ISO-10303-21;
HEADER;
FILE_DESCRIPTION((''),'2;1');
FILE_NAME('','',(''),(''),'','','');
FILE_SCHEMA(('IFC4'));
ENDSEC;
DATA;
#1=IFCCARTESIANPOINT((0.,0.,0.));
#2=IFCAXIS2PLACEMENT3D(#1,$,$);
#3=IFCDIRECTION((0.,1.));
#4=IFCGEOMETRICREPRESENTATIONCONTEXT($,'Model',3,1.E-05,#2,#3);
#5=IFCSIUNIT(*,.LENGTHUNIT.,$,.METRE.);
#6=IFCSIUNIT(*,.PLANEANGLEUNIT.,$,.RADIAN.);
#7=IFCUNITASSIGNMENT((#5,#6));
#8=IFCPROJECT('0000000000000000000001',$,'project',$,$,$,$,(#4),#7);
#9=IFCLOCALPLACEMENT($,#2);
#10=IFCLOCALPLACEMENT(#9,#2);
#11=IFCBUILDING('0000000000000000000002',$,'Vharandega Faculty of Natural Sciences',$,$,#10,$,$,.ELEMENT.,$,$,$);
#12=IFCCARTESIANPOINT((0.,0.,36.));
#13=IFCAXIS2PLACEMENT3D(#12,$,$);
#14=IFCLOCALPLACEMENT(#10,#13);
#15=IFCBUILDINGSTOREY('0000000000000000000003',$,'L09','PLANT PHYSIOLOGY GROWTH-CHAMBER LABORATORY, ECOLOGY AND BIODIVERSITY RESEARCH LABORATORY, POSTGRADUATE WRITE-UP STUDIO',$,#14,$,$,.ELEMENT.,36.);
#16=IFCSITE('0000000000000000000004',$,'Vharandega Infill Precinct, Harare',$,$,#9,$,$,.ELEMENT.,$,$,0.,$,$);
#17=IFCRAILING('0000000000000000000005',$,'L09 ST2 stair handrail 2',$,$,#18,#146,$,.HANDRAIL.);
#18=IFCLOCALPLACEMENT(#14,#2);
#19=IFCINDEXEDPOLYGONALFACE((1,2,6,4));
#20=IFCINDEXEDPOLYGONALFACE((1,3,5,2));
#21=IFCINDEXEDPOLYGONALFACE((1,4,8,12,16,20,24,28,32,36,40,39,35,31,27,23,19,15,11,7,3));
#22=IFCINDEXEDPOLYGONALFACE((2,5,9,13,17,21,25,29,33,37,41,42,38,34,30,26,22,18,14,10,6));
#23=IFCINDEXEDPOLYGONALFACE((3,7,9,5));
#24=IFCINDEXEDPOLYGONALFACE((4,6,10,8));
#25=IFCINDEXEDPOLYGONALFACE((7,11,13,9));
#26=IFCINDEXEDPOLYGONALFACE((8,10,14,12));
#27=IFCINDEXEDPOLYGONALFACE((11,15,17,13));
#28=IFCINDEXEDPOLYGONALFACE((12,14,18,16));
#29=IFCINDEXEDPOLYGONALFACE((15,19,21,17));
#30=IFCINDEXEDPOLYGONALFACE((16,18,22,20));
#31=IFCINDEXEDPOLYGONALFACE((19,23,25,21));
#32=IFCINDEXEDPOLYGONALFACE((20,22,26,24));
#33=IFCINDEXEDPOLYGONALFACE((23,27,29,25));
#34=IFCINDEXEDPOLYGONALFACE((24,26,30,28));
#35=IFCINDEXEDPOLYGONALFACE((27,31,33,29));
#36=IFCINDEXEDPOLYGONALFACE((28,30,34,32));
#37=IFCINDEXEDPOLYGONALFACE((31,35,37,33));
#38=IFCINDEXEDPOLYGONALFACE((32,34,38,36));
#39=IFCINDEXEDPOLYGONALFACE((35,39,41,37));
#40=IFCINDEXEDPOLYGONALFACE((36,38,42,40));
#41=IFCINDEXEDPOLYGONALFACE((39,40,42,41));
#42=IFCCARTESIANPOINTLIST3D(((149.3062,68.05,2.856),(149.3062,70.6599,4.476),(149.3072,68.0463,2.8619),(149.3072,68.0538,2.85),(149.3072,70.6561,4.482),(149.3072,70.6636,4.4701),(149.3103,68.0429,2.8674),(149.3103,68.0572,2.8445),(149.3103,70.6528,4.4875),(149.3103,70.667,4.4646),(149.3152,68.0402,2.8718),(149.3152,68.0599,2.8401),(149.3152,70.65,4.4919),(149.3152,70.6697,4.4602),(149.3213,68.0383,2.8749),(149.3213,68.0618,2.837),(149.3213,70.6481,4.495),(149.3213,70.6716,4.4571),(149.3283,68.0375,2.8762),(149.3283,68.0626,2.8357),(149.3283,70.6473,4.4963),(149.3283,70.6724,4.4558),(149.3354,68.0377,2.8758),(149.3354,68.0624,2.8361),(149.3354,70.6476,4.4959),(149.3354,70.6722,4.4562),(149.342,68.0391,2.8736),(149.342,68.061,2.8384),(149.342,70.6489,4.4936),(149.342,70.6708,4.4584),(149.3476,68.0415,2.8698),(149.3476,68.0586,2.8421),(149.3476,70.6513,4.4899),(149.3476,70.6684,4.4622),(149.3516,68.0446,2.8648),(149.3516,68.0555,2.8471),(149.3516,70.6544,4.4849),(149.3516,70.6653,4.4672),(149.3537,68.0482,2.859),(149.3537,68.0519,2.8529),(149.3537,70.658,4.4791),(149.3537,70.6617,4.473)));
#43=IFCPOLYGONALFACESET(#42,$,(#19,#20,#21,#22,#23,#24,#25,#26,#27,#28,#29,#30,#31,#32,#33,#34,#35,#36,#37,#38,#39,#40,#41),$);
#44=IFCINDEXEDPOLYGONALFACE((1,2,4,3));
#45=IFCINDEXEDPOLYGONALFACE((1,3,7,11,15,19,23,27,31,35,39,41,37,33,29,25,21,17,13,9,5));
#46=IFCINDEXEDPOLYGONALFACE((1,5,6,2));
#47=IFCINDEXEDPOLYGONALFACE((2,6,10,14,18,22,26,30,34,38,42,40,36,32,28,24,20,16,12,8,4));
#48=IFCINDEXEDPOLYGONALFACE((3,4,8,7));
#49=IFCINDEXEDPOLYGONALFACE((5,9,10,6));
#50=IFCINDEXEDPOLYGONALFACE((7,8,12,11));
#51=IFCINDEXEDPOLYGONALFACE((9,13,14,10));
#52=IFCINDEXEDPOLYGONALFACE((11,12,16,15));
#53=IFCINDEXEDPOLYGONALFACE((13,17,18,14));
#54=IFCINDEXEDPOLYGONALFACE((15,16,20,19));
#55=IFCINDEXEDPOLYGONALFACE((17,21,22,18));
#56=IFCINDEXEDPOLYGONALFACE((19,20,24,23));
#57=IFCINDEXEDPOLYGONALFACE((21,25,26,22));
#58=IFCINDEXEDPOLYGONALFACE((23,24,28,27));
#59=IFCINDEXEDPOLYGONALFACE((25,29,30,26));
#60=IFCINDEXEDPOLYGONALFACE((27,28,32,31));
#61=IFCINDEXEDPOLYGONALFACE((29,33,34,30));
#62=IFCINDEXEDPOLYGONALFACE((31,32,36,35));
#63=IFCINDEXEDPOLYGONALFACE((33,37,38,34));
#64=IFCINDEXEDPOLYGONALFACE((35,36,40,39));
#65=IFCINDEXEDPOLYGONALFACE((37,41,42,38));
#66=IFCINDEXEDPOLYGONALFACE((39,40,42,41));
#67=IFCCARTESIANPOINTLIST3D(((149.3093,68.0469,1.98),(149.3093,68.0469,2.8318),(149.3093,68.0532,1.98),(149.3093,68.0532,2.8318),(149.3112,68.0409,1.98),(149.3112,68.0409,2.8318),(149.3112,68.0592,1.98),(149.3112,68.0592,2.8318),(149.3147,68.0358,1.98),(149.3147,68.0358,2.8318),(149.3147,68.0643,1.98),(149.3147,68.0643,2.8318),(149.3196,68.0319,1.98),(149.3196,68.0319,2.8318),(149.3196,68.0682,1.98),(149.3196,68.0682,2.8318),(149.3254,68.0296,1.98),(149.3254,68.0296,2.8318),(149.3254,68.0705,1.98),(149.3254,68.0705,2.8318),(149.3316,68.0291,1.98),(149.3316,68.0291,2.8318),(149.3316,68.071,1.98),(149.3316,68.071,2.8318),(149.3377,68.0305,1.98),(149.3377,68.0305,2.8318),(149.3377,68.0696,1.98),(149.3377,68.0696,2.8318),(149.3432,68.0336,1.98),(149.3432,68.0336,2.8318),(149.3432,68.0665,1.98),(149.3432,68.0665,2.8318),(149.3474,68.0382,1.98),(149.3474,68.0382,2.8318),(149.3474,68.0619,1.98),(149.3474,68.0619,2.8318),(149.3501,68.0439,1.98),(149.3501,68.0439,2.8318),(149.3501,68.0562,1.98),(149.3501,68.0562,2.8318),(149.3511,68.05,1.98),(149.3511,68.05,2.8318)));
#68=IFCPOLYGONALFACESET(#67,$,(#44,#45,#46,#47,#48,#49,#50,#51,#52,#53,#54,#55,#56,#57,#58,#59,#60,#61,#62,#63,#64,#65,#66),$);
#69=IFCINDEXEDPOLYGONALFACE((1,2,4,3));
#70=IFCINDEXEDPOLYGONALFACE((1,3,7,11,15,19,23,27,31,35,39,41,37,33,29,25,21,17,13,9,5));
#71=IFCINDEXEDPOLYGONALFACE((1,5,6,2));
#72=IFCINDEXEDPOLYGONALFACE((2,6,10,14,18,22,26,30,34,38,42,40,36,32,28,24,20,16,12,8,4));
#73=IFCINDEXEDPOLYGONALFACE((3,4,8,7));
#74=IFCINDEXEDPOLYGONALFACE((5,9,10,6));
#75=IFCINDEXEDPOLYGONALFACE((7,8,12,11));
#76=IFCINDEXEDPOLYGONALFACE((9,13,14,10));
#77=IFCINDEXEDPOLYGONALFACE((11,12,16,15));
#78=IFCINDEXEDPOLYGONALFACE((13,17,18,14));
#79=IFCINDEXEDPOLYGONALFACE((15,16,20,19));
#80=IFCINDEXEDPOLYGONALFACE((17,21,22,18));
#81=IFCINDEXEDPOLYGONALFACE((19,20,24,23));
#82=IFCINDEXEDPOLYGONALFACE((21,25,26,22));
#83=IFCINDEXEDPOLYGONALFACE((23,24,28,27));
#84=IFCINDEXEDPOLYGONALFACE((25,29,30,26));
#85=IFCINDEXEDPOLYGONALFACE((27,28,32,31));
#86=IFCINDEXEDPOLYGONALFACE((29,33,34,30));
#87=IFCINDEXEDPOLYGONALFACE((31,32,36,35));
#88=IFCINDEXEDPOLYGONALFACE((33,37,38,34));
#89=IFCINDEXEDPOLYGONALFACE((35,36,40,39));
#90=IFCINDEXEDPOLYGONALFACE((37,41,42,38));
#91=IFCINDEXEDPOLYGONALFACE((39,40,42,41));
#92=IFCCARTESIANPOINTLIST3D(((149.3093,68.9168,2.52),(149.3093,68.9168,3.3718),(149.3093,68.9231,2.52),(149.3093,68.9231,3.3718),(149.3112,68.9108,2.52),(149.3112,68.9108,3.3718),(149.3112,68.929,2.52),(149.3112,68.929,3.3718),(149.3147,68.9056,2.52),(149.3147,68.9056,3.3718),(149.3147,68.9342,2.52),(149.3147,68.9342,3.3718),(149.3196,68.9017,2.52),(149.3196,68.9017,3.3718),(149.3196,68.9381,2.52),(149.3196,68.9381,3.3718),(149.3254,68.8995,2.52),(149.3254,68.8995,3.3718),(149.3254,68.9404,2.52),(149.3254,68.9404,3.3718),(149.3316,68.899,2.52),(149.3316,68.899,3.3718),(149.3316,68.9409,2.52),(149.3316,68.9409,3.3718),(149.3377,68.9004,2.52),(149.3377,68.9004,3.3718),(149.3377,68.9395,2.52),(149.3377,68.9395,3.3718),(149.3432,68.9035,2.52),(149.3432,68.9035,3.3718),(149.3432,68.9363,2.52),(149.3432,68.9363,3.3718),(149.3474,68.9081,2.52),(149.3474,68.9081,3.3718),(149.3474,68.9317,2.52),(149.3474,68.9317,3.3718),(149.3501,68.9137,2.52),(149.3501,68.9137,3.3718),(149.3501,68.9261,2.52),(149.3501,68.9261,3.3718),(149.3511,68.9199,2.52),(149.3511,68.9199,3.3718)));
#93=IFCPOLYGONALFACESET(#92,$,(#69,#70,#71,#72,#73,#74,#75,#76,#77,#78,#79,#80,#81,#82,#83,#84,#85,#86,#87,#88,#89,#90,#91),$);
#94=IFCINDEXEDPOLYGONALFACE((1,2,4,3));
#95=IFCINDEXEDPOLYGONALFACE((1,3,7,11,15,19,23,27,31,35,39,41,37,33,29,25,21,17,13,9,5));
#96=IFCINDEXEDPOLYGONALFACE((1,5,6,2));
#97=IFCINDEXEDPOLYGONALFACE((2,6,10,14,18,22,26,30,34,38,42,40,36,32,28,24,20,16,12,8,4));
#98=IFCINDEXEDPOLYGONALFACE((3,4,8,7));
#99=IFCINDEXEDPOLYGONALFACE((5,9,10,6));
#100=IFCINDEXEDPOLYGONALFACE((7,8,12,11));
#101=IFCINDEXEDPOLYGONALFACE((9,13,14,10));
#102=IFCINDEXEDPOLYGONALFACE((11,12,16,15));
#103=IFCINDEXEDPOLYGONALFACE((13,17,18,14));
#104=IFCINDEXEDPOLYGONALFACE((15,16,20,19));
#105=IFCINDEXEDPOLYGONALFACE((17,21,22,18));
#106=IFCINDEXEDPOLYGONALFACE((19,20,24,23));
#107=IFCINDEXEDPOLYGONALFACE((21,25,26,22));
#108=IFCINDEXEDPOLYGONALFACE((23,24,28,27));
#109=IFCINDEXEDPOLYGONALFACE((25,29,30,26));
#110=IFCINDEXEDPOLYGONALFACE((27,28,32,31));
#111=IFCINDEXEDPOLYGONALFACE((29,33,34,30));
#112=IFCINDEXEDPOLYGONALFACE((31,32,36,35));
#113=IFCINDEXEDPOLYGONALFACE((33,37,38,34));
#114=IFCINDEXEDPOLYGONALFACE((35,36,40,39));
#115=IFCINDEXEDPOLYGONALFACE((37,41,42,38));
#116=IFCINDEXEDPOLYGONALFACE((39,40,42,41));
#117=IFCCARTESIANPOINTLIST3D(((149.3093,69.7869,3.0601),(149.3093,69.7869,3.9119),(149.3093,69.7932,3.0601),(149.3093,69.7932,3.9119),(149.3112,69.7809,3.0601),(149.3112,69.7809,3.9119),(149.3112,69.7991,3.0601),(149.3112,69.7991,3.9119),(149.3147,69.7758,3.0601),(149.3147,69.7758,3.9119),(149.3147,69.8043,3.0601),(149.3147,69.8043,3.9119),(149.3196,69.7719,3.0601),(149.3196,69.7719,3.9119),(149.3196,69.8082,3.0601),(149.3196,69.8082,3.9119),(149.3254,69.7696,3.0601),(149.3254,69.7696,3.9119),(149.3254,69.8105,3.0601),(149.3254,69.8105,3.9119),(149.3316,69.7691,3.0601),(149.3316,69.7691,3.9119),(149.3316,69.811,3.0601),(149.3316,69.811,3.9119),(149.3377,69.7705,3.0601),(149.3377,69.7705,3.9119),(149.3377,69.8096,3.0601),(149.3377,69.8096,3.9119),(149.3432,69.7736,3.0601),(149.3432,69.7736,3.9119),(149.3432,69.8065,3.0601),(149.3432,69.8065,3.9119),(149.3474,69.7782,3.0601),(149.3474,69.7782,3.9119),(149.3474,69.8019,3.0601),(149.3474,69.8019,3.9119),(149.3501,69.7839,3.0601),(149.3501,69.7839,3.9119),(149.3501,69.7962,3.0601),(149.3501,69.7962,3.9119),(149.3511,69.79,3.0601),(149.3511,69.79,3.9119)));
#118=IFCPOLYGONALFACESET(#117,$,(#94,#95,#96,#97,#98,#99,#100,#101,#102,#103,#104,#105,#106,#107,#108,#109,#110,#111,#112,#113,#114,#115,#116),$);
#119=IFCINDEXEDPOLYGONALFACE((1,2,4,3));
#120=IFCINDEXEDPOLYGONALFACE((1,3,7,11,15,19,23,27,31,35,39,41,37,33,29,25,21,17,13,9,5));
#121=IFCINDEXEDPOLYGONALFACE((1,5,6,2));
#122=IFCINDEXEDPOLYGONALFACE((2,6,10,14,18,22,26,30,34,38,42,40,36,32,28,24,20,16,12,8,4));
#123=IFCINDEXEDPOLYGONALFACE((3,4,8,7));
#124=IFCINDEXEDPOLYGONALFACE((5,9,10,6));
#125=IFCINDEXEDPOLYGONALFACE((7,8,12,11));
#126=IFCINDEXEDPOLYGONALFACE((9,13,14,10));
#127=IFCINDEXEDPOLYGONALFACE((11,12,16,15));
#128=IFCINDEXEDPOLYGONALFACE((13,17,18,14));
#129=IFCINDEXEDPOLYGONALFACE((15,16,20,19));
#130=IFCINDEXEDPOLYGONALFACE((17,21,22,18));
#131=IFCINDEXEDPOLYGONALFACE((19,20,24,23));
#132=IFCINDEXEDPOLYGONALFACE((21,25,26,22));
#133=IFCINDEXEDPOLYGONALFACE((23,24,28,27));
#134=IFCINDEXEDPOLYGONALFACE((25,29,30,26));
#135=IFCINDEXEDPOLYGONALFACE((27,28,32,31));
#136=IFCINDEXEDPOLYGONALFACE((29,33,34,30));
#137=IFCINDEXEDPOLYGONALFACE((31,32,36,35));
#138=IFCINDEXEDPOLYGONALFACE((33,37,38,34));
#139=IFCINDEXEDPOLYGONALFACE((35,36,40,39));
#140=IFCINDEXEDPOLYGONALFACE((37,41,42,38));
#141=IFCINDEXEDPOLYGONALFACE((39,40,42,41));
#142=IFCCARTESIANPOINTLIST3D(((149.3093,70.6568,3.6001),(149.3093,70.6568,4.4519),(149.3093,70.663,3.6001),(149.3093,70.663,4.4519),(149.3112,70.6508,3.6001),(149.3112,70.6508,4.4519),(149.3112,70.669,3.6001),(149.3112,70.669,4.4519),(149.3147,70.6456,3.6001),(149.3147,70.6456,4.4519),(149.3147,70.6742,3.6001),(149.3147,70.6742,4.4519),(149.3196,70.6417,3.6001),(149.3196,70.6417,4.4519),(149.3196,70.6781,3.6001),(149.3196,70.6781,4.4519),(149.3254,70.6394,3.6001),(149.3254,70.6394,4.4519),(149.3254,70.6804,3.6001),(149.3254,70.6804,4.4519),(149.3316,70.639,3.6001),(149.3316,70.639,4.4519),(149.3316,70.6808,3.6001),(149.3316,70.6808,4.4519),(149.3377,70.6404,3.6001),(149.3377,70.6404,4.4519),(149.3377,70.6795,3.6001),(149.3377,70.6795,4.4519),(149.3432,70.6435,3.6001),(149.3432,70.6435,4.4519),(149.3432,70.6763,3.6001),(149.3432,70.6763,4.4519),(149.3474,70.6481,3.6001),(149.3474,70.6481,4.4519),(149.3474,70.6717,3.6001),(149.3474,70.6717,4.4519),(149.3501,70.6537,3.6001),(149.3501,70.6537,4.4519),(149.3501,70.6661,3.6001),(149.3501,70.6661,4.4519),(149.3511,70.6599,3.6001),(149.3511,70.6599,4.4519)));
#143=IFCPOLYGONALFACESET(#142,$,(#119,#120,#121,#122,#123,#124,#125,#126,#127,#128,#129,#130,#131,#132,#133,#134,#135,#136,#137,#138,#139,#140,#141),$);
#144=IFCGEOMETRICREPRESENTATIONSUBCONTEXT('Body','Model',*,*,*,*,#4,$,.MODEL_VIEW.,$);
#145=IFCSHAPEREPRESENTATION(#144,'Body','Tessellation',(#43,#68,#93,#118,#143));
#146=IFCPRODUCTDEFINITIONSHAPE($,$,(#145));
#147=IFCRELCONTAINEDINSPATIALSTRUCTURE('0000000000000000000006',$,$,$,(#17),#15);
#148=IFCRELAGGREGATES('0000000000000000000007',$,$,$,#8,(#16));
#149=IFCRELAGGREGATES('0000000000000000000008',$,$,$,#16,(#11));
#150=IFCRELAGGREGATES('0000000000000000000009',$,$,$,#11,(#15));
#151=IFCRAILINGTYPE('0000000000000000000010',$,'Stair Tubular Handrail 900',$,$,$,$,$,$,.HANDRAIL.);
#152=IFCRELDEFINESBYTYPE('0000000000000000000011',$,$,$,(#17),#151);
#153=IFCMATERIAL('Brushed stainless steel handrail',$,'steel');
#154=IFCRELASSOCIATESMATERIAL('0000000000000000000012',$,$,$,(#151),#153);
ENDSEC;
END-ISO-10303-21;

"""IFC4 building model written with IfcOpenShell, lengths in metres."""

from ifc_helpers import new_model, si_unit, direction, frame, origin, origin_2d, place, context, subcontext, project, spatial, circle, extrude, material, type_object, element, save


model = new_model("IFC4")

# Units and contexts
model_context = context("Model", 3, precision=1e-05, world=origin(), true_north=direction((0.0, 1.0)))
body_context = subcontext(model_context, "Body", "Model", "MODEL_VIEW")
ifc_project = project(units=[si_unit("LENGTHUNIT", "METRE"), si_unit("PLANEANGLEUNIT", "RADIAN")], contexts=[model_context])

# Site, building, storey
site_placement = place(None, origin())
site = spatial("IfcSite", under=ifc_project, at=site_placement, Name="Vharandega Infill Precinct, Harare", CompositionType="ELEMENT", RefElevation=0.0)
building_placement = place(site_placement, origin())
building = spatial("IfcBuilding", under=site, at=building_placement, Name="Vharandega Faculty of Natural Sciences", CompositionType="ELEMENT")
storey_placement = place(building_placement, frame((0.0, 0.0, 36.0)))
storey = spatial("IfcBuildingStorey", under=building, at=storey_placement, Name="L09", Description="PLANT PHYSIOLOGY GROWTH-CHAMBER LABORATORY, ECOLOGY AND BIODIVERSITY RESEARCH LABORATORY, POSTGRADUATE WRITE-UP STUDIO", CompositionType="ELEMENT", Elevation=36.0)

# Railing
ifc_material_1 = material(Name="Brushed stainless steel handrail", Category="steel")
railing_type = type_object("IfcRailingType", Name="Stair Tubular Handrail 900", PredefinedType="HANDRAIL", material=ifc_material_1)
railing_placement = place(storey_placement, frame((149.3301, 68.05, 1.98)))
element("IfcRailing", 1, at=railing_placement, inside=storey, type_object=railing_type, Name="L09 ST2 stair handrail 2", PredefinedType="HANDRAIL", context=body_context, shape_type="SweptSolid", body=[
    extrude(circle(Radius=0.0239, at=origin_2d()), frame((0.0, 0.0, 0.876), z_axis=(0.0, 0.849611, 0.52741), x_axis=(-1.0, 0.0, 0.0)), (0.0, 0.0, 1.0), 3.0718),
    extrude(circle(Radius=0.021, at=origin_2d()), origin(), (0.0, 0.0, 1.0), 0.8518),
    extrude(circle(Radius=0.021, at=origin_2d()), frame((0.0, 0.8699, 0.54)), (0.0, 0.0, 1.0), 0.8518),
    extrude(circle(Radius=0.021, at=origin_2d()), frame((0.0, 1.74, 1.0801)), (0.0, 0.0, 1.0), 0.8518),
    extrude(circle(Radius=0.021, at=origin_2d()), frame((0.0, 2.6099, 1.6201)), (0.0, 0.0, 1.0), 0.8518),
])

save(model, "model.ifc")
